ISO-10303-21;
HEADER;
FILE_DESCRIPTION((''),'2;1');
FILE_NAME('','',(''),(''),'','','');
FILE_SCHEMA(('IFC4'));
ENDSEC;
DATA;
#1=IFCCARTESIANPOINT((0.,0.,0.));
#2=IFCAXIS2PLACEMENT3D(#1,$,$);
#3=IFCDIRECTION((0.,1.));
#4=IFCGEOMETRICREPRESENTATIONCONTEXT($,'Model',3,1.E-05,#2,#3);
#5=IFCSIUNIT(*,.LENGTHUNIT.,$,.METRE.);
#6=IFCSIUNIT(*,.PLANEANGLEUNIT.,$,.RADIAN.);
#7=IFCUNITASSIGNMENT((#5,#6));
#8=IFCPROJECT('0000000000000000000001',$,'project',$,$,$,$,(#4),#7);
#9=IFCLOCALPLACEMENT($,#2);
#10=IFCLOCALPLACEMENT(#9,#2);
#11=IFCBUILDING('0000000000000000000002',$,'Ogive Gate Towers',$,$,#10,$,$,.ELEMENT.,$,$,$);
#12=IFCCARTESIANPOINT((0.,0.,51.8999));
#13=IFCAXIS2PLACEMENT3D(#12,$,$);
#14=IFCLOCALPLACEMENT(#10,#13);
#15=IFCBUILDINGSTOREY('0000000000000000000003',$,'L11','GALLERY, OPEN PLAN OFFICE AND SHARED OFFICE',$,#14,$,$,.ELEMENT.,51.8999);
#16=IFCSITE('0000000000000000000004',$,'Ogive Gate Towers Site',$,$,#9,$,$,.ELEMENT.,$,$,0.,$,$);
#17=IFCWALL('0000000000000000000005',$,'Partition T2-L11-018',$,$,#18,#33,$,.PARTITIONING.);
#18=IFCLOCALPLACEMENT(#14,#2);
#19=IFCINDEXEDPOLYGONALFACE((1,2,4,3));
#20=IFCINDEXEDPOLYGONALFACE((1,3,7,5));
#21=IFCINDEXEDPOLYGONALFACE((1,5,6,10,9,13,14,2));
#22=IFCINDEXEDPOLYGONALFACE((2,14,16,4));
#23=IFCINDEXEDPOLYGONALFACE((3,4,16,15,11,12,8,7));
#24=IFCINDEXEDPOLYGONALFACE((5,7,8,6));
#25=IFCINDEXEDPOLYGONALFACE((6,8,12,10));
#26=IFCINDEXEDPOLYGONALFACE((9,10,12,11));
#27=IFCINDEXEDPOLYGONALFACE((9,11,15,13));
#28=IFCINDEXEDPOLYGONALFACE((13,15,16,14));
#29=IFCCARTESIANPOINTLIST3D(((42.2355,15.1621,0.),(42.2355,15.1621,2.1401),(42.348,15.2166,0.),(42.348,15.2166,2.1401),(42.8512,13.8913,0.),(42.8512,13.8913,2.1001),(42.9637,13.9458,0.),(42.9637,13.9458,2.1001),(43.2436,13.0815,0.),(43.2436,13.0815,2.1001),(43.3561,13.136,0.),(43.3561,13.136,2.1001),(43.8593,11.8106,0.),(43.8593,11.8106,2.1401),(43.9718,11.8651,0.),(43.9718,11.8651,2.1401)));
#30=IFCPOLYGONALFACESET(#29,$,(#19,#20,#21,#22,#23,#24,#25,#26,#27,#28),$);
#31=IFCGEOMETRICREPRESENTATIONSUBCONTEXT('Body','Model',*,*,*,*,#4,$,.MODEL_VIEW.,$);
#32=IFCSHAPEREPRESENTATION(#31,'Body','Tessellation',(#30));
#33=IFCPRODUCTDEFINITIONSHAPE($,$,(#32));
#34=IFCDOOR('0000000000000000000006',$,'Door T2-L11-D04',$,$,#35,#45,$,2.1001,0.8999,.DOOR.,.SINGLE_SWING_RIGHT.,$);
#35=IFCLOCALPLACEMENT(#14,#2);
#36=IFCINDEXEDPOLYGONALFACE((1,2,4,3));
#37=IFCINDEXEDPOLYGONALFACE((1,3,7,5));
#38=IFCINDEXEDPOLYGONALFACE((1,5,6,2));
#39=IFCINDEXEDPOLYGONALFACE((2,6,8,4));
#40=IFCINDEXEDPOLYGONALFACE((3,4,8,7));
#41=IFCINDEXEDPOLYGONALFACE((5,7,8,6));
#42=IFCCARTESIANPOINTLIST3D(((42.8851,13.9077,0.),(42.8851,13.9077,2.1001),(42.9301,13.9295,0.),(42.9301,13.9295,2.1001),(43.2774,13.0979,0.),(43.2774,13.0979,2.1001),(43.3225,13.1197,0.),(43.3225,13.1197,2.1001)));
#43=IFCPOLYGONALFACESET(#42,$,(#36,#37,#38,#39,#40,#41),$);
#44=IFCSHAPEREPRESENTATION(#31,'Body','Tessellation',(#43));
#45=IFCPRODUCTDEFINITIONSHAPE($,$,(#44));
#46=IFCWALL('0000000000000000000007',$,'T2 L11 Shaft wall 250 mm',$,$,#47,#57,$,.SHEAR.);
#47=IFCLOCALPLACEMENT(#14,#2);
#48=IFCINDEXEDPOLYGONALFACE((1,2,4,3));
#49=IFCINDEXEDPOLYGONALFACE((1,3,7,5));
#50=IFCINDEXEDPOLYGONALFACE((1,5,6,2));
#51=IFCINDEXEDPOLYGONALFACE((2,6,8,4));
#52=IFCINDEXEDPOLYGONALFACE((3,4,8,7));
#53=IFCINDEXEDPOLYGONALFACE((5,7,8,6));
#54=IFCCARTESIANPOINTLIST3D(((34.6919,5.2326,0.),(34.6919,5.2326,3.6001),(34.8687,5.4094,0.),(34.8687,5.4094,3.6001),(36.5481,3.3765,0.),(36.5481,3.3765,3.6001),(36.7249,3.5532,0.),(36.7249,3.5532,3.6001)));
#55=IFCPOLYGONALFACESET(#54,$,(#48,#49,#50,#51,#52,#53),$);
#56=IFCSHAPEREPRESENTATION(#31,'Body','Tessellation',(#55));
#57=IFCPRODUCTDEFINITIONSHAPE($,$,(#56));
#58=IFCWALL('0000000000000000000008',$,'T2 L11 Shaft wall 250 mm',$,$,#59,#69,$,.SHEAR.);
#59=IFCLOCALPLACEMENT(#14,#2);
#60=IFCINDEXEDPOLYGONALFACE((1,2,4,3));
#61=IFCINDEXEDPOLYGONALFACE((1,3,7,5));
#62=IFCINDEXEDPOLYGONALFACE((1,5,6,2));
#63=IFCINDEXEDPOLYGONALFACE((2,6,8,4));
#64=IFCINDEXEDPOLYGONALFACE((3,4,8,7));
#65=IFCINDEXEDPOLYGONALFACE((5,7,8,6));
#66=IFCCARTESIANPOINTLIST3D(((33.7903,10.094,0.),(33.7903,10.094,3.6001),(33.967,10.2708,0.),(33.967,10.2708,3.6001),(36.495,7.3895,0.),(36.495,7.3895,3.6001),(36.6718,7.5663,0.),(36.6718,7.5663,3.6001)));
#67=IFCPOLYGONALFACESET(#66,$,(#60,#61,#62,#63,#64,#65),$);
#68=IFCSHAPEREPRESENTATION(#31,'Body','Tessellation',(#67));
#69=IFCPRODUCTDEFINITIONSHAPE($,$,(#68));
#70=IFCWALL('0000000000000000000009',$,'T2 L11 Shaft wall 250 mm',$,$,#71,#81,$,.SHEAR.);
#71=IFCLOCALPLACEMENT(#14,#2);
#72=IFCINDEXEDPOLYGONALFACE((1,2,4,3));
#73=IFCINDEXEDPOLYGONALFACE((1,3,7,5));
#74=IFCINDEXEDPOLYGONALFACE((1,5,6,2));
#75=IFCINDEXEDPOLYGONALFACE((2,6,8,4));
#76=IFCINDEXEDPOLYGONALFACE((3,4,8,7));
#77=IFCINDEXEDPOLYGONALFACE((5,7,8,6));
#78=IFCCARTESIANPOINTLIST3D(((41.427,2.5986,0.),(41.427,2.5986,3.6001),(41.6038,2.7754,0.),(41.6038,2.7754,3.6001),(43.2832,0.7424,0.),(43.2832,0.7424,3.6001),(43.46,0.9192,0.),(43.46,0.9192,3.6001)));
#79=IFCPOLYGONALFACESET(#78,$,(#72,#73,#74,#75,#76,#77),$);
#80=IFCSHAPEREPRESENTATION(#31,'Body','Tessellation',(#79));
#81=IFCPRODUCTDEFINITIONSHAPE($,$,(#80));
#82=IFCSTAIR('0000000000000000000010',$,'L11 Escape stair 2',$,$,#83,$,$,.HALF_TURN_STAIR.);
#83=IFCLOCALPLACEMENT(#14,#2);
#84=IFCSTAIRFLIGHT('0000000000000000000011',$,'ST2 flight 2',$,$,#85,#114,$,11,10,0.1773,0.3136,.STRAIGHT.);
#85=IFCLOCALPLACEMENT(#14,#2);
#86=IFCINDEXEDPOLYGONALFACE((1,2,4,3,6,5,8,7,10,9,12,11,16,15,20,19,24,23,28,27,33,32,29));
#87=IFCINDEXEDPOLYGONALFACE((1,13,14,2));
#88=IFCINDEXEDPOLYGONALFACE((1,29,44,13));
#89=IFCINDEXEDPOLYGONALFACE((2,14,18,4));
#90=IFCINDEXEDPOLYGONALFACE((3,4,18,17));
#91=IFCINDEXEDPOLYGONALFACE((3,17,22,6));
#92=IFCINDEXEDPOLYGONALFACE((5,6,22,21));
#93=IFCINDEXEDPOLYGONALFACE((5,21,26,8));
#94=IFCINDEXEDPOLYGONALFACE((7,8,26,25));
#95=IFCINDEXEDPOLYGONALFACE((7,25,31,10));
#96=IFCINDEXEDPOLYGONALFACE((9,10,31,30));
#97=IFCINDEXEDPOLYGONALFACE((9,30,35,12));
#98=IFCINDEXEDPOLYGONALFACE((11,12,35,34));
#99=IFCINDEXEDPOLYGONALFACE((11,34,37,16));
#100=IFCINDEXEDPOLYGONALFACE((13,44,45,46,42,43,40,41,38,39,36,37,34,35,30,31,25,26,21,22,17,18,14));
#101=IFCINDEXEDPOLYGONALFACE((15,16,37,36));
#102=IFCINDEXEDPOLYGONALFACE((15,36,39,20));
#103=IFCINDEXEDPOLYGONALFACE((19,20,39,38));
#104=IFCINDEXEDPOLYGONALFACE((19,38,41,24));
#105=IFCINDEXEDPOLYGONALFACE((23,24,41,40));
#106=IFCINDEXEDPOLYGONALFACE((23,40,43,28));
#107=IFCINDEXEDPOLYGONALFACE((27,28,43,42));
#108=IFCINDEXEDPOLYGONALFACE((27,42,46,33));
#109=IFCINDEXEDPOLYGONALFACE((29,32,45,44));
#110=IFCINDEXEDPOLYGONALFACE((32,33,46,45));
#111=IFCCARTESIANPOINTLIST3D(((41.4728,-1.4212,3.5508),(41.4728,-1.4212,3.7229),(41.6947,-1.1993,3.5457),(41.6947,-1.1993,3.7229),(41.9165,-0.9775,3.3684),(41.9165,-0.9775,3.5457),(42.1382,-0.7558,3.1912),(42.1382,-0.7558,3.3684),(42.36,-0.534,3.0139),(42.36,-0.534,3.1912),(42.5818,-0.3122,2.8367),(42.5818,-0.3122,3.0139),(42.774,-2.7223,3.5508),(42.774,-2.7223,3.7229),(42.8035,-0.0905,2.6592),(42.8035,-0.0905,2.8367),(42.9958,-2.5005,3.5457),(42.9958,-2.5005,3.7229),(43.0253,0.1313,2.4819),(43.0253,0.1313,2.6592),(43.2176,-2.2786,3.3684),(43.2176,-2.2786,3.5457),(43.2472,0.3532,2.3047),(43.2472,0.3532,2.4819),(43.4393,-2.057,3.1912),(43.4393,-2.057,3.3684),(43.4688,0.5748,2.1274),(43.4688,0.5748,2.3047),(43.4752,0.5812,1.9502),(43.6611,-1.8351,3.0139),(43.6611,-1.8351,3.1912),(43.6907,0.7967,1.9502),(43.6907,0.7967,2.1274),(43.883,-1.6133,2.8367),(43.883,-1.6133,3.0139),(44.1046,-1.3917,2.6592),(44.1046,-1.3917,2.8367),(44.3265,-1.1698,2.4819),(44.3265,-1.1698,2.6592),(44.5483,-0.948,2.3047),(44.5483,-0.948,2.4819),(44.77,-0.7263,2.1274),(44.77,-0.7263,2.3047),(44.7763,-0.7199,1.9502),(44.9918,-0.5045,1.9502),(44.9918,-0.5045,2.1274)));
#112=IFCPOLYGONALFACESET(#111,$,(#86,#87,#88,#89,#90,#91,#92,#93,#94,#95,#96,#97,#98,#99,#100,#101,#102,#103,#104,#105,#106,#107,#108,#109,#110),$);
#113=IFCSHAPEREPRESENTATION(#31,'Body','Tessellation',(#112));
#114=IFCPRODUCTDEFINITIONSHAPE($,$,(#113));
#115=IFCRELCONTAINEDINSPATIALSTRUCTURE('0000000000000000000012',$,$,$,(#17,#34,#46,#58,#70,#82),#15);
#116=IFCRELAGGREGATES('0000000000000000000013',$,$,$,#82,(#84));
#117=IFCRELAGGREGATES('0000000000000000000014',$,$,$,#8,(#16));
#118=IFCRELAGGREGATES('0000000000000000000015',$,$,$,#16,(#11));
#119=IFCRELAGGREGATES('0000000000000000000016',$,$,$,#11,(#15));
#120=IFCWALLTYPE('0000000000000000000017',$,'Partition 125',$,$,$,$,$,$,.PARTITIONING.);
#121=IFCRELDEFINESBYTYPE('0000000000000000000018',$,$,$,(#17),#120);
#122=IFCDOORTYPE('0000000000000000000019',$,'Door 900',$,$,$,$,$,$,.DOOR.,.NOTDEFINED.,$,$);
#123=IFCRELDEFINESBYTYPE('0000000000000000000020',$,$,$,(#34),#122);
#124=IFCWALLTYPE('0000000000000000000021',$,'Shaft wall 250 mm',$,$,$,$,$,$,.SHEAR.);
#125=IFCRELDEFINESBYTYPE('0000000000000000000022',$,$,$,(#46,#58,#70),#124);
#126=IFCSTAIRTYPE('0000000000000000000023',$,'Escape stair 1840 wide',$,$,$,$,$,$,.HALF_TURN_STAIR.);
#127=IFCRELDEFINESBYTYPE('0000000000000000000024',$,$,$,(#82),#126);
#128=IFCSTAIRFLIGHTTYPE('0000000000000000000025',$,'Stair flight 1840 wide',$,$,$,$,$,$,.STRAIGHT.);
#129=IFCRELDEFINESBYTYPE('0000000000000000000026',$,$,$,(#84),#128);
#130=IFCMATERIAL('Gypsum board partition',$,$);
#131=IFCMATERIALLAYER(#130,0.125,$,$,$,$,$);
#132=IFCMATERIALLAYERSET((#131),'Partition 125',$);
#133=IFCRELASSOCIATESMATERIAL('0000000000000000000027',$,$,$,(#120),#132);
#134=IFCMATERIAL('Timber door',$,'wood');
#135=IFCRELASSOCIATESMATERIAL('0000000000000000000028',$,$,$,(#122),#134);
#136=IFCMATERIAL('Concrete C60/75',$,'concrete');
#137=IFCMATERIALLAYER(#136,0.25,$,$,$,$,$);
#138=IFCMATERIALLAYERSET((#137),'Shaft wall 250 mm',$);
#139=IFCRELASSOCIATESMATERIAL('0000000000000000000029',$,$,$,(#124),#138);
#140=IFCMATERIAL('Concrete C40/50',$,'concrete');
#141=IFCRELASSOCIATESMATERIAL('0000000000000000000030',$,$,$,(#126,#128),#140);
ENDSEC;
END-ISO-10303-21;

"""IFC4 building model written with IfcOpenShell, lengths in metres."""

from ifc_helpers import new_model, si_unit, direction, frame, frame_2d, origin, place, context, subcontext, project, spatial, polyline, rectangle, outline, extrude, material, layer, layer_set, type_object, element, fill, aggregate, save


model = new_model("IFC4")

# Units and contexts
model_context = context("Model", 3, precision=1e-05, world=origin(), true_north=direction((0.0, 1.0)))
body_context = subcontext(model_context, "Body", "Model", "MODEL_VIEW")
ifc_project = project(units=[si_unit("LENGTHUNIT", "METRE"), si_unit("PLANEANGLEUNIT", "RADIAN")], contexts=[model_context])

# Site, building, storey
site_placement = place(None, origin())
site = spatial("IfcSite", under=ifc_project, at=site_placement, Name="Ogive Gate Towers Site", CompositionType="ELEMENT", RefElevation=0.0)
building_placement = place(site_placement, origin())
building = spatial("IfcBuilding", under=site, at=building_placement, Name="Ogive Gate Towers", CompositionType="ELEMENT")
storey_placement = place(building_placement, frame((0.0, 0.0, 51.8999)))
storey = spatial("IfcBuildingStorey", under=building, at=storey_placement, Name="L11", Description="GALLERY, OPEN PLAN OFFICE AND SHARED OFFICE", CompositionType="ELEMENT", Elevation=51.8999)

# Shared definitions
ifc_material_1 = material(Name="Concrete C40/50", Category="concrete")

# Shared definitions
ifc_material_2 = material(Name="Timber door", Category="wood")
ifc_material_3 = material(Name="Concrete C60/75", Category="concrete")

# Shared definitions
ifc_material_4 = material(Name="Gypsum board partition")
ifc_layer_1 = layer(ifc_material_4, 0.125)
ifc_layer_set_1 = layer_set([ifc_layer_1], Name="Partition 125")
wall_type_1 = type_object("IfcWallType", Name="Partition 125", PredefinedType="PARTITIONING", material=ifc_layer_set_1)

# Wall, opening, door
wall_1_placement = place(storey_placement, frame((43.9155, 11.8379, 0.0), z_axis=(0.0, 0.0, 1.0), x_axis=(-0.436008, 0.899943, 0.0)))
wall_1 = element("IfcWall", 1, at=wall_1_placement, inside=storey, type_object=wall_type_1, Name="Partition T2-L11-018", PredefinedType="PARTITIONING", context=body_context, shape_type="SweptSolid", body=[
    extrude(rectangle(XDim=3.7241, YDim=0.125, at=frame_2d((1.8621, 0.0))), origin(), (0.0, 0.0, 1.0), 2.1401),
])
opening_1_placement = place(wall_1_placement, frame((1.4121, 0.0, 0.0)))
opening_1 = element("IfcOpeningElement", 2, at=opening_1_placement, cuts=wall_1, PredefinedType="OPENING", context=body_context, shape_type="SweptSolid", body=[
    extrude(rectangle(XDim=0.8999, YDim=2.1001, at=frame_2d((0.45, 1.05))), frame((0.0, 0.0725, 0.0), z_axis=(0.0, -1.0, 0.0), x_axis=(1.0, 0.0, 0.0)), (0.0, 0.0, 1.0), 0.145),
])
door_type_1 = type_object("IfcDoorType", Name="Door 900", OperationType="NOTDEFINED", PredefinedType="DOOR", material=ifc_material_2)
door_1_placement = place(opening_1_placement, origin())
door_1 = element("IfcDoor", 3, at=door_1_placement, inside=storey, type_object=door_type_1, Name="Door T2-L11-D04", OperationType="SINGLE_SWING_RIGHT", OverallHeight=2.1001, OverallWidth=0.8999, PredefinedType="DOOR", context=body_context, shape_type="SweptSolid", body=[
    extrude(rectangle(XDim=0.8999, YDim=2.1001, at=frame_2d((0.45, 1.05))), frame((0.0, 0.0249, 0.0), z_axis=(0.0, -1.0, 0.0), x_axis=(1.0, 0.0, 0.0)), (0.0, 0.0, 1.0), 0.05),
])
fill(opening_1, door_1)

# Walls
ifc_layer_2 = layer(ifc_material_3, 0.25)
ifc_layer_set_2 = layer_set([ifc_layer_2], Name="Shaft wall 250 mm")
wall_type_2 = type_object("IfcWallType", Name="Shaft wall 250 mm", PredefinedType="SHEAR", material=ifc_layer_set_2)
wall_2_placement = place(storey_placement, frame((36.6365, 3.4648, 0.0), z_axis=(0.0, 0.0, 1.0), x_axis=(-0.707107, 0.707107, 0.0)))
element("IfcWall", 4, at=wall_2_placement, inside=storey, type_object=wall_type_2, Name="T2 L11 Shaft wall 250 mm", PredefinedType="SHEAR", context=body_context, shape_type="SweptSolid", body=[
    extrude(rectangle(XDim=2.625, YDim=0.25, at=frame_2d((1.3125, 0.0))), origin(), (0.0, 0.0, 1.0), 3.6001),
])
wall_3_placement = place(storey_placement, frame((36.5835, 7.4778, 0.0), z_axis=(0.0, 0.0, 1.0), x_axis=(-0.707139, 0.707075, 0.0)))
element("IfcWall", 5, at=wall_3_placement, inside=storey, type_object=wall_type_2, Name="T2 L11 Shaft wall 250 mm", PredefinedType="SHEAR", context=body_context, shape_type="SweptSolid", body=[
    extrude(rectangle(XDim=3.825, YDim=0.25, at=frame_2d((1.9126, 0.0))), origin(), (0.0, 0.0, 1.0), 3.6001),
])
wall_4_placement = place(storey_placement, frame((43.3716, 0.8308, 0.0), z_axis=(0.0, 0.0, 1.0), x_axis=(-0.707107, 0.707107, 0.0)))
element("IfcWall", 6, at=wall_4_placement, inside=storey, type_object=wall_type_2, Name="T2 L11 Shaft wall 250 mm", PredefinedType="SHEAR", context=body_context, shape_type="SweptSolid", body=[
    extrude(rectangle(XDim=2.625, YDim=0.25, at=frame_2d((1.3125, 0.0))), origin(), (0.0, 0.0, 1.0), 3.6001),
])

# Stair, stair flight
stair_type = type_object("IfcStairType", Name="Escape stair 1840 wide", PredefinedType="HALF_TURN_STAIR", material=ifc_material_1)
stair_placement = place(storey_placement, origin())
stair = element("IfcStair", 7, at=stair_placement, inside=storey, type_object=stair_type, Name="L11 Escape stair 2", PredefinedType="HALF_TURN_STAIR")
stair_flight_type = type_object("IfcStairFlightType", Name="Stair flight 1840 wide", PredefinedType="STRAIGHT", material=ifc_material_1)
stair_flight_placement = place(storey_placement, frame((44.3413, 0.146, 1.9502), z_axis=(0.0, 0.0, 1.0), x_axis=(-0.707107, -0.707107, 0.0)))
stair_flight = element("IfcStairFlight", 8, at=stair_flight_placement, type_object=stair_flight_type, Name="ST2 flight 2", NumberOfRisers=11, NumberOfTreads=10, PredefinedType="STRAIGHT", RiserHeight=0.1773, TreadLength=0.3136, context=body_context, shape_type="SweptSolid", body=[
    extrude(outline(polyline([(0.0, 0.0), (0.0, 0.1772), (0.3137, 0.1772), (0.3137, 0.3545), (0.6272, 0.3545), (0.6272, 0.5317), (0.9409, 0.5317), (0.9409, 0.709), (1.2546, 0.709), (1.2546, 0.8865), (1.5681, 0.8865), (1.5681, 1.0637), (1.8818, 1.0637), (1.8818, 1.241), (2.1956, 1.241), (2.1956, 1.4182), (2.509, 1.4182), (2.509, 1.5955), (2.8228, 1.5955), (2.8228, 1.7727), (3.1365, 1.7727), (3.1365, 1.95), (3.1365, 1.6006), (0.3047, 0.0), (0.0, 0.0)])), frame((0.0, 0.9199, 0.0), z_axis=(0.0, -1.0, 0.0), x_axis=(1.0, 0.0, 0.0)), (0.0, 0.0, 1.0), 1.8401),
])
aggregate(stair, [stair_flight])

save(model, "model.ifc")
